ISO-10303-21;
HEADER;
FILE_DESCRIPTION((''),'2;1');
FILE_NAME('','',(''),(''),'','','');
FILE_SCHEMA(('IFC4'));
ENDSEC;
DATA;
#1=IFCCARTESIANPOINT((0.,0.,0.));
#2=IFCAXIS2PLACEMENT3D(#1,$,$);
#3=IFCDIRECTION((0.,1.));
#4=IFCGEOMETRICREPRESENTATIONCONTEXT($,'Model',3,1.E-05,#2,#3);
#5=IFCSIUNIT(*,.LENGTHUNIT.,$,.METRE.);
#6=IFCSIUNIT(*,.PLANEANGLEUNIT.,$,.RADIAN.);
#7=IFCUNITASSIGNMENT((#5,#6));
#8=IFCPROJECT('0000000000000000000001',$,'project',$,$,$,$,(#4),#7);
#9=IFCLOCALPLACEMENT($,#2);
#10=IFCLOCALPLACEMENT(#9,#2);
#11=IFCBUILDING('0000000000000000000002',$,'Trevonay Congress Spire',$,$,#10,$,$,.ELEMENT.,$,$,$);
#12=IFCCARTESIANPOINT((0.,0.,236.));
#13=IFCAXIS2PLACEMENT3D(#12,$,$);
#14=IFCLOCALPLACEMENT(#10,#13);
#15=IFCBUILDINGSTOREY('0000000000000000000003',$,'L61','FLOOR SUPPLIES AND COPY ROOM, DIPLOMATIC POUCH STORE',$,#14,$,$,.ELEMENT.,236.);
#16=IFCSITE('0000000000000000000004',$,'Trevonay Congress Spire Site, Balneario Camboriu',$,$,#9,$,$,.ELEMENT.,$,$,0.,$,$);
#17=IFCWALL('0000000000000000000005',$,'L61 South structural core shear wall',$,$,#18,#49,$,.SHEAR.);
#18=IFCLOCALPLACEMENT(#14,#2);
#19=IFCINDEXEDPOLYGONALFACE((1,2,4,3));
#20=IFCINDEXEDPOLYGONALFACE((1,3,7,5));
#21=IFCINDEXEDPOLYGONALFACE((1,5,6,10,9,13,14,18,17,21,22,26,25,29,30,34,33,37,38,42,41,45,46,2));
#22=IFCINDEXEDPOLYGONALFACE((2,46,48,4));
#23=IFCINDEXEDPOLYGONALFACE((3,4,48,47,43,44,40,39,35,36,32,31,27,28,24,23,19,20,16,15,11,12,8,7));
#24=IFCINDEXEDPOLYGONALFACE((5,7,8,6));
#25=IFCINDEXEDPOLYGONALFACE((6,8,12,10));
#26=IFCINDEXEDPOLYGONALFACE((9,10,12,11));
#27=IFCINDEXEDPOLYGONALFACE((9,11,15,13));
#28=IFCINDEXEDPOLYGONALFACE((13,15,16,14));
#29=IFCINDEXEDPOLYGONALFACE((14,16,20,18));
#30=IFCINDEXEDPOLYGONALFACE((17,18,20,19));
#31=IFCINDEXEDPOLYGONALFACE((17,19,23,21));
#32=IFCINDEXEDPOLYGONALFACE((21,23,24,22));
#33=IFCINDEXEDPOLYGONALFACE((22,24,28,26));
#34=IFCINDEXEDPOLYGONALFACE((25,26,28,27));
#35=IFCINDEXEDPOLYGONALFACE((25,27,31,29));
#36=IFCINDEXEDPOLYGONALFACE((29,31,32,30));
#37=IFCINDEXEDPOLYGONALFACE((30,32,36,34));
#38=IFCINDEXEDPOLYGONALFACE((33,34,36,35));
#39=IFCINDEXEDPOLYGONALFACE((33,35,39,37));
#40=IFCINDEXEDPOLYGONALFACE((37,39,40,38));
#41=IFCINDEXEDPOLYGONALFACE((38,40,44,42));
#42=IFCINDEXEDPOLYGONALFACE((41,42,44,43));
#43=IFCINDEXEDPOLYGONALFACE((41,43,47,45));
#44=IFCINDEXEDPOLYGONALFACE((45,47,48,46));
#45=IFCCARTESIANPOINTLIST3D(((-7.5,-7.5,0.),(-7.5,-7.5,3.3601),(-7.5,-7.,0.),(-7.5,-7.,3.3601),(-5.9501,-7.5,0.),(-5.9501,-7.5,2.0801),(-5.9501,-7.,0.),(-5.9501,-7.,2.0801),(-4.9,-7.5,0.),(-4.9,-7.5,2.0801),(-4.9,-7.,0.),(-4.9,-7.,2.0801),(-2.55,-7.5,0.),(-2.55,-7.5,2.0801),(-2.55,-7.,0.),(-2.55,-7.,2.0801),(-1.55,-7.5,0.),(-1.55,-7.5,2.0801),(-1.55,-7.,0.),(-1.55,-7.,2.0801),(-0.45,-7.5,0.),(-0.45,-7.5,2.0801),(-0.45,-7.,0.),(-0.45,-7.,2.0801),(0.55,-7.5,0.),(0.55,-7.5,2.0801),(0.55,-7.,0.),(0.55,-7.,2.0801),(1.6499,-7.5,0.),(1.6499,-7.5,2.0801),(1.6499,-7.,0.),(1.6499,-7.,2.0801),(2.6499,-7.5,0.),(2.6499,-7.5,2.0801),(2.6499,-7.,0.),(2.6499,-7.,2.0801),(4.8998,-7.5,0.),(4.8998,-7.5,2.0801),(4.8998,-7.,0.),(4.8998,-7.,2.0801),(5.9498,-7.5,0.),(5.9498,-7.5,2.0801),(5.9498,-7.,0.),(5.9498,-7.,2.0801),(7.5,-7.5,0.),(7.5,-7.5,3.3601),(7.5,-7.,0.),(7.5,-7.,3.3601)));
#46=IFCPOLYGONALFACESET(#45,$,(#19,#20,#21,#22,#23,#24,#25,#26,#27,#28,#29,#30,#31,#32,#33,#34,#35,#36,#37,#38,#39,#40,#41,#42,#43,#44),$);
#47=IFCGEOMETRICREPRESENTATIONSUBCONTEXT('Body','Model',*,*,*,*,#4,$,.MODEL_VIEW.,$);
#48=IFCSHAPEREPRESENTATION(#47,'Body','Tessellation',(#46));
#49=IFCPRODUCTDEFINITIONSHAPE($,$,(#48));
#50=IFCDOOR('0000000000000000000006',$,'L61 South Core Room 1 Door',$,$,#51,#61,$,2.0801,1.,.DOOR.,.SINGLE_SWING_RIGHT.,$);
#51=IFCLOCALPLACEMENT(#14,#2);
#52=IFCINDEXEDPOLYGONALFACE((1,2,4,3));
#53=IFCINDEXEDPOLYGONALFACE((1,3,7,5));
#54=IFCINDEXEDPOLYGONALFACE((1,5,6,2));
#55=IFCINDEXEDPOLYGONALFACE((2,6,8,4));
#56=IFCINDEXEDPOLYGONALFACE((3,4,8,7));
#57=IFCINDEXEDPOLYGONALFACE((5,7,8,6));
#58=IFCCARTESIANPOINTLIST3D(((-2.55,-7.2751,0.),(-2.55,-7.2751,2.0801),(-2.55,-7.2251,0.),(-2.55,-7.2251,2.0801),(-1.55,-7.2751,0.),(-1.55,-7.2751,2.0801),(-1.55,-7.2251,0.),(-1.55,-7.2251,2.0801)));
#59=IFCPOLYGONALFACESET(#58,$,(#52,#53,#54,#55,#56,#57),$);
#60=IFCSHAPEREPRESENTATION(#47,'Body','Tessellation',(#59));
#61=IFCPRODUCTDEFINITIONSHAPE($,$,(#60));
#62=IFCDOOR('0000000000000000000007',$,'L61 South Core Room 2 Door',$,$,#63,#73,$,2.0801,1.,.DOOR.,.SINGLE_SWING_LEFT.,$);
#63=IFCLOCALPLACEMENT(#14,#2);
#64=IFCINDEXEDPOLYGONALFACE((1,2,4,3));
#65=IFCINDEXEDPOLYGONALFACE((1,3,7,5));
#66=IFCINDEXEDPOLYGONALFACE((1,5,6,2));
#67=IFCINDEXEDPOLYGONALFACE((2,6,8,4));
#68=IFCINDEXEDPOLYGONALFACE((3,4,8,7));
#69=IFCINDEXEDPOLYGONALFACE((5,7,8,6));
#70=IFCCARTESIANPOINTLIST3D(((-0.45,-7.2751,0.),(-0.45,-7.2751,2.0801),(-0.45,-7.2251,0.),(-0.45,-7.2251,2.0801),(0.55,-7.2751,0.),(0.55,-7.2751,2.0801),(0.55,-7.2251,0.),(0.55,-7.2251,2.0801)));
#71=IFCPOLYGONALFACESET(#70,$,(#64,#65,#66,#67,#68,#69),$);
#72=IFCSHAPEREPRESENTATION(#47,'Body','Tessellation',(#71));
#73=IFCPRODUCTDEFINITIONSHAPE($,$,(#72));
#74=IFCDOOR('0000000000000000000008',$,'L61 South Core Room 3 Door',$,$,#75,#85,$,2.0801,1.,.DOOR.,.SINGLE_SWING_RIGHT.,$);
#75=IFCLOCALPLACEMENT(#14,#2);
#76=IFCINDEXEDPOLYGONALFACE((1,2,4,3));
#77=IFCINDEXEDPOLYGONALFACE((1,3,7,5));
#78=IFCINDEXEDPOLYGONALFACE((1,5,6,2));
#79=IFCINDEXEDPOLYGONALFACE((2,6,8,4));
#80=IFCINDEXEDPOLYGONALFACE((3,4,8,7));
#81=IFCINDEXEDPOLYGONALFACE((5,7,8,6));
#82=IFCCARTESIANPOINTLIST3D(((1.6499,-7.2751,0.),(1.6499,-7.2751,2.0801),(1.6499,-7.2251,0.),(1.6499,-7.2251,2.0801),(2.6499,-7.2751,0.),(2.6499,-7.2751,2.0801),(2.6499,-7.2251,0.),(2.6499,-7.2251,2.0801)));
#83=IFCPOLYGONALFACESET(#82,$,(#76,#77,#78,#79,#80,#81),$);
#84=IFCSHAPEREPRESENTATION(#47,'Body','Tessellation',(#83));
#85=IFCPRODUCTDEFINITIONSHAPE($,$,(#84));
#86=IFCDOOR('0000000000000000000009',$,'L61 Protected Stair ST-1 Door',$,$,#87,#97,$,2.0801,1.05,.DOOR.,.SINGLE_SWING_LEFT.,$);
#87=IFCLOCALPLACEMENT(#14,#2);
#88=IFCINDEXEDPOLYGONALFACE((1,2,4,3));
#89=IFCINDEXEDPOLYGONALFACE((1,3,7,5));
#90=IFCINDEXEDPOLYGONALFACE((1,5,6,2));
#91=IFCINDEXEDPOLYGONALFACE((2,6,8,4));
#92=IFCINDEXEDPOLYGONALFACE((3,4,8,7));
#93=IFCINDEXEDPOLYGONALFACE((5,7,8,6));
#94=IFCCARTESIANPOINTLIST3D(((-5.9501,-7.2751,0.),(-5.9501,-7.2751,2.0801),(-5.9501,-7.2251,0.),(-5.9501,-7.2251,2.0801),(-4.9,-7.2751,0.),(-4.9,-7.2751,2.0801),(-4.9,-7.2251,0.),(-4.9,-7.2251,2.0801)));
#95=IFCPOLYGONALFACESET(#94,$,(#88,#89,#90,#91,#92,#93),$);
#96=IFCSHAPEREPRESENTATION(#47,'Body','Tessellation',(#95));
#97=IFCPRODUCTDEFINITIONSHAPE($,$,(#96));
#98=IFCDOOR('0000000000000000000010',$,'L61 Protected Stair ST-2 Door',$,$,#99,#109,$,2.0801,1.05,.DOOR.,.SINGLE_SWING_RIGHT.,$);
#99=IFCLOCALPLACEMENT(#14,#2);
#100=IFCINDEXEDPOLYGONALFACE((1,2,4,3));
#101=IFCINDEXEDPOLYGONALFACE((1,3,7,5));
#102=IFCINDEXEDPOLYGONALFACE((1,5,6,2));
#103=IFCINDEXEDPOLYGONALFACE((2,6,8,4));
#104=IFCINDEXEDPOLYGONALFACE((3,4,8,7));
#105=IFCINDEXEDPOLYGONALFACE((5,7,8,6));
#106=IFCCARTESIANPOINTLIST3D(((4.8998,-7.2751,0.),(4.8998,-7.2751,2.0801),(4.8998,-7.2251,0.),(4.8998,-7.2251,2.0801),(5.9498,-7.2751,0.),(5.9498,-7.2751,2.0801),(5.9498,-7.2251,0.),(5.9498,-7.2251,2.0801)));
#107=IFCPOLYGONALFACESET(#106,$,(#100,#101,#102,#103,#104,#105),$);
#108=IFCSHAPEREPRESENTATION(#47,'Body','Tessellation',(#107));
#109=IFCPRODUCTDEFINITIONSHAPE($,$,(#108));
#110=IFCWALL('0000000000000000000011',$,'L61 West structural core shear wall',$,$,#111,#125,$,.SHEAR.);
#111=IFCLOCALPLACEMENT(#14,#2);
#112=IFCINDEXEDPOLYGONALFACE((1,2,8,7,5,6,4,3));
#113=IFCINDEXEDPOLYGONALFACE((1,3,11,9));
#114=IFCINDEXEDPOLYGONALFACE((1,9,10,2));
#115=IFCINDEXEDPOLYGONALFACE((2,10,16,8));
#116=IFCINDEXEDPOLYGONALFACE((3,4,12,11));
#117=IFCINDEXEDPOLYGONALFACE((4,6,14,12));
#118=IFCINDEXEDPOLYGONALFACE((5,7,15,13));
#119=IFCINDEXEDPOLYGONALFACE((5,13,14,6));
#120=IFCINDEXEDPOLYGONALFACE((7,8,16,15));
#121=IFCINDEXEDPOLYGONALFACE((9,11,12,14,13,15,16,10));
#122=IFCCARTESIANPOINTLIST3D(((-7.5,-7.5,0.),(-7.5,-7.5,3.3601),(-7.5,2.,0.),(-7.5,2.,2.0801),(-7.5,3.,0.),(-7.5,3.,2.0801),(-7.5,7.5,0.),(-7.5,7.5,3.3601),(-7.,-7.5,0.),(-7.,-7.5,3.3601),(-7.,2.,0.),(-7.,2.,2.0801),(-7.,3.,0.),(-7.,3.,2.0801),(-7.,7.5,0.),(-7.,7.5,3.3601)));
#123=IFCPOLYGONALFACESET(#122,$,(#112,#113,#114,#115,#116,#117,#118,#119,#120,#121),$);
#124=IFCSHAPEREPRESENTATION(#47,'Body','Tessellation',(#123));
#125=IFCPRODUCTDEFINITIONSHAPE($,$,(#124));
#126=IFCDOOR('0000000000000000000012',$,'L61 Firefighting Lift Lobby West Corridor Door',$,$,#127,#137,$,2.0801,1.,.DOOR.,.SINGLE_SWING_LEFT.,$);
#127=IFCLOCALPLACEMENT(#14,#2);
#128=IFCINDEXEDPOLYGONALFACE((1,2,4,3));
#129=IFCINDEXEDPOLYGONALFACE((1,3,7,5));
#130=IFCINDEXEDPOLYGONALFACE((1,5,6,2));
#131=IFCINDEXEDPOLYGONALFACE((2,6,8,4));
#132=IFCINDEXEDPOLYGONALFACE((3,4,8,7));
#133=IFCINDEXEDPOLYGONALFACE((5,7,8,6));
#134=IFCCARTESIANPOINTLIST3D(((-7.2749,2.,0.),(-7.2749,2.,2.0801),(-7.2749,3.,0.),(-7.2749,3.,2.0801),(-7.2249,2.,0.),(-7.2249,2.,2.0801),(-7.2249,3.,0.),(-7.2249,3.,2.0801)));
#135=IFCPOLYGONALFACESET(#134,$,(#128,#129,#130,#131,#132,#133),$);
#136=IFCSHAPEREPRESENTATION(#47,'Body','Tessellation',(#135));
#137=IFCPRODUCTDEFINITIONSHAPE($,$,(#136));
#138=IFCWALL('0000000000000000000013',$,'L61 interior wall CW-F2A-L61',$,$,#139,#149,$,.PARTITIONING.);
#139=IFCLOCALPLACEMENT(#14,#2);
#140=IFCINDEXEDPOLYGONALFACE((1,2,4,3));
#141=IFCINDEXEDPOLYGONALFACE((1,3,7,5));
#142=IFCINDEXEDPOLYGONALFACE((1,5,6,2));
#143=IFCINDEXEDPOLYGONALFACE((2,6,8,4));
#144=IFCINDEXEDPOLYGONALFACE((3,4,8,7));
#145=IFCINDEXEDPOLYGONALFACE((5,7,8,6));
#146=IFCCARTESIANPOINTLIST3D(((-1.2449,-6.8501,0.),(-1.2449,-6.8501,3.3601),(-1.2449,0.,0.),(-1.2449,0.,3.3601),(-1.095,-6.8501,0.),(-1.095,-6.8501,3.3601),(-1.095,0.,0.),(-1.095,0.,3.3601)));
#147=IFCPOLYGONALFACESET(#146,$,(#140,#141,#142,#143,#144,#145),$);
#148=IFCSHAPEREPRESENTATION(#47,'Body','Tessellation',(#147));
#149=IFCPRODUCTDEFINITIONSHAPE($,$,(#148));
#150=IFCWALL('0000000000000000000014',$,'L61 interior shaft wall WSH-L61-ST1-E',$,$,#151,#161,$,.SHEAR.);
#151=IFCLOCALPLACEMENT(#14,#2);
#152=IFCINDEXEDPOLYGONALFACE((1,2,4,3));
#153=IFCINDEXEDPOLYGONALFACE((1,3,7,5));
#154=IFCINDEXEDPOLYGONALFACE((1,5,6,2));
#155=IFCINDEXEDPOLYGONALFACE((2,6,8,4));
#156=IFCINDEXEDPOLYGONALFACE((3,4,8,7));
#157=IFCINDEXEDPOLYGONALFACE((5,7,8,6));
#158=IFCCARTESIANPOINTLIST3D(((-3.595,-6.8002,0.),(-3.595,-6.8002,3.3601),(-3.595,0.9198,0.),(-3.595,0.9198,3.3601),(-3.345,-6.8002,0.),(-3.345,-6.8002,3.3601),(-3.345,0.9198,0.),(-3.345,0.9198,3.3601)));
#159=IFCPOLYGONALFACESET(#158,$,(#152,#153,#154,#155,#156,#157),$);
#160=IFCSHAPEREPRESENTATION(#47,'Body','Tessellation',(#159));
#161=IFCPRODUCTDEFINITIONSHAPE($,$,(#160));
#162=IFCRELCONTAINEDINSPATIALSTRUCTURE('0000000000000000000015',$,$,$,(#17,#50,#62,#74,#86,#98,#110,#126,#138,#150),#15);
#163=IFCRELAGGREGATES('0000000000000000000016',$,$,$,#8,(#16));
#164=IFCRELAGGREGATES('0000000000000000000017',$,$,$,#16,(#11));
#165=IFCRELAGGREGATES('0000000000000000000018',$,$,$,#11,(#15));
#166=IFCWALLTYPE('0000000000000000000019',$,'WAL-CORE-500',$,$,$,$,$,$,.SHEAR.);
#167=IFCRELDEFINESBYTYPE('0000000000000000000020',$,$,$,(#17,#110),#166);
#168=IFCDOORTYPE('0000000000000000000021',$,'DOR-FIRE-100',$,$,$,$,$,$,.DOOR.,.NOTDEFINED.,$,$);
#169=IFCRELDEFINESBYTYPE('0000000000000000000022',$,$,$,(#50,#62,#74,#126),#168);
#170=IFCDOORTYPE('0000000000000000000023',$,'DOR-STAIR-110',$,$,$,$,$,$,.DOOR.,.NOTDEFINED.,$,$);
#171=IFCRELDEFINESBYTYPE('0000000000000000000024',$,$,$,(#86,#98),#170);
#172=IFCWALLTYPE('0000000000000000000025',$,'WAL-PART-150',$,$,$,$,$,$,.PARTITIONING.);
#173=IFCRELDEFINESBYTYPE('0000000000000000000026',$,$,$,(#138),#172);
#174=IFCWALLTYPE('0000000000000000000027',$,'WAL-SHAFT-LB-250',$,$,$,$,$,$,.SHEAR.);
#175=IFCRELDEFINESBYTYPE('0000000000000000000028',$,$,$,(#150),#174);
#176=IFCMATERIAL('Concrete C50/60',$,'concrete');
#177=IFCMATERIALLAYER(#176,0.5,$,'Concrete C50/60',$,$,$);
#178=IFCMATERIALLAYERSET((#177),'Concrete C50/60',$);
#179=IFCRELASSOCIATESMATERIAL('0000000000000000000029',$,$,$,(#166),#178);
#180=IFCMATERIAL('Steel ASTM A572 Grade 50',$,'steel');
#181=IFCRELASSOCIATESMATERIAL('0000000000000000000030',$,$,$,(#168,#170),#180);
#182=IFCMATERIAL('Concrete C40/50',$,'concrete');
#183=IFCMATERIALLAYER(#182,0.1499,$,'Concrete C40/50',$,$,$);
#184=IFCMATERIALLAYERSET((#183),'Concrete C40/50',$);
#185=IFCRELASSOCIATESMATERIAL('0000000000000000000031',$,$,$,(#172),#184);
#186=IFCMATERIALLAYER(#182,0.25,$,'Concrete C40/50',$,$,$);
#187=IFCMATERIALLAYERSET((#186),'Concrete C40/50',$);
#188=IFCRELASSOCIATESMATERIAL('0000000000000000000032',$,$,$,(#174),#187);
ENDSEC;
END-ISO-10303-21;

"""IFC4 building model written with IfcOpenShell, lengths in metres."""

from ifc_helpers import new_model, si_unit, direction, frame, frame_2d, origin, place, context, subcontext, project, spatial, rectangle, extrude, material, layer, layer_set, type_object, element, fill, save


model = new_model("IFC4")

# Units and contexts
model_context = context("Model", 3, precision=1e-05, world=origin(), true_north=direction((0.0, 1.0)))
body_context = subcontext(model_context, "Body", "Model", "MODEL_VIEW")
ifc_project = project(units=[si_unit("LENGTHUNIT", "METRE"), si_unit("PLANEANGLEUNIT", "RADIAN")], contexts=[model_context])

# Site, building, storey
site_placement = place(None, origin())
site = spatial("IfcSite", under=ifc_project, at=site_placement, Name="Trevonay Congress Spire Site, Balneario Camboriu", CompositionType="ELEMENT", RefElevation=0.0)
building_placement = place(site_placement, origin())
building = spatial("IfcBuilding", under=site, at=building_placement, Name="Trevonay Congress Spire", CompositionType="ELEMENT")
storey_placement = place(building_placement, frame((0.0, 0.0, 236.0)))
storey = spatial("IfcBuildingStorey", under=building, at=storey_placement, Name="L61", Description="FLOOR SUPPLIES AND COPY ROOM, DIPLOMATIC POUCH STORE", CompositionType="ELEMENT", Elevation=236.0)

# Shared definitions
ifc_material_1 = material(Name="Steel ASTM A572 Grade 50", Category="steel")

# Wall, openings, doors
ifc_material_2 = material(Name="Concrete C50/60", Category="concrete")
ifc_layer_1 = layer(ifc_material_2, 0.5, Name="Concrete C50/60")
ifc_layer_set_1 = layer_set([ifc_layer_1], Name="Concrete C50/60")
wall_type_1 = type_object("IfcWallType", Name="WAL-CORE-500", PredefinedType="SHEAR", material=ifc_layer_set_1)
wall_1_placement = place(storey_placement, frame((-7.5, -7.25, 0.0), z_axis=(0.0, 0.0, 1.0), x_axis=(1.0, 0.0, 0.0)))
wall_1 = element("IfcWall", 1, at=wall_1_placement, inside=storey, type_object=wall_type_1, Name="L61 South structural core shear wall", PredefinedType="SHEAR", context=body_context, shape_type="SweptSolid", body=[
    extrude(rectangle(XDim=15.0, YDim=0.5, at=frame_2d((7.5, 0.0))), origin(), (0.0, 0.0, 1.0), 3.3601),
])
opening_1_placement = place(wall_1_placement, frame((1.55, 0.0, 0.0)))
opening_1 = element("IfcOpeningElement", 2, at=opening_1_placement, cuts=wall_1, PredefinedType="OPENING", context=body_context, shape_type="SweptSolid", body=[
    extrude(rectangle(XDim=1.05, YDim=2.0801, at=frame_2d((0.5249, 1.04))), frame((0.0, 0.26, 0.0), z_axis=(0.0, -1.0, 0.0), x_axis=(1.0, 0.0, 0.0)), (0.0, 0.0, 1.0), 0.52),
])
opening_2_placement = place(wall_1_placement, frame((12.3999, 0.0, 0.0)))
opening_2 = element("IfcOpeningElement", 3, at=opening_2_placement, cuts=wall_1, PredefinedType="OPENING", context=body_context, shape_type="SweptSolid", body=[
    extrude(rectangle(XDim=1.05, YDim=2.0801, at=frame_2d((0.5249, 1.04))), frame((0.0, 0.26, 0.0), z_axis=(0.0, -1.0, 0.0), x_axis=(1.0, 0.0, 0.0)), (0.0, 0.0, 1.0), 0.52),
])
opening_3_placement = place(wall_1_placement, frame((4.95, 0.0, 0.0)))
opening_3 = element("IfcOpeningElement", 4, at=opening_3_placement, cuts=wall_1, PredefinedType="OPENING", context=body_context, shape_type="SweptSolid", body=[
    extrude(rectangle(XDim=1.0, YDim=2.0801, at=frame_2d((0.5, 1.04))), frame((0.0, 0.26, 0.0), z_axis=(0.0, -1.0, 0.0), x_axis=(1.0, 0.0, 0.0)), (0.0, 0.0, 1.0), 0.52),
])
opening_4_placement = place(wall_1_placement, frame((7.05, 0.0, 0.0)))
opening_4 = element("IfcOpeningElement", 5, at=opening_4_placement, cuts=wall_1, PredefinedType="OPENING", context=body_context, shape_type="SweptSolid", body=[
    extrude(rectangle(XDim=1.0, YDim=2.0801, at=frame_2d((0.5, 1.04))), frame((0.0, 0.26, 0.0), z_axis=(0.0, -1.0, 0.0), x_axis=(1.0, 0.0, 0.0)), (0.0, 0.0, 1.0), 0.52),
])
opening_5_placement = place(wall_1_placement, frame((9.1499, 0.0, 0.0)))
opening_5 = element("IfcOpeningElement", 6, at=opening_5_placement, cuts=wall_1, PredefinedType="OPENING", context=body_context, shape_type="SweptSolid", body=[
    extrude(rectangle(XDim=1.0, YDim=2.0801, at=frame_2d((0.5, 1.04))), frame((0.0, 0.26, 0.0), z_axis=(0.0, -1.0, 0.0), x_axis=(1.0, 0.0, 0.0)), (0.0, 0.0, 1.0), 0.52),
])
door_type_1 = type_object("IfcDoorType", Name="DOR-FIRE-100", OperationType="NOTDEFINED", PredefinedType="DOOR", material=ifc_material_1)
door_1_placement = place(opening_3_placement, origin())
door_1 = element("IfcDoor", 7, at=door_1_placement, inside=storey, type_object=door_type_1, Name="L61 South Core Room 1 Door", OperationType="SINGLE_SWING_RIGHT", OverallHeight=2.0801, OverallWidth=1.0, PredefinedType="DOOR", context=body_context, shape_type="SweptSolid", body=[
    extrude(rectangle(XDim=1.0, YDim=2.0801, at=frame_2d((0.5, 1.04))), frame((0.0, 0.0249, 0.0), z_axis=(0.0, -1.0, 0.0), x_axis=(1.0, 0.0, 0.0)), (0.0, 0.0, 1.0), 0.05),
])
fill(opening_3, door_1)
door_2_placement = place(opening_4_placement, origin())
door_2 = element("IfcDoor", 8, at=door_2_placement, inside=storey, type_object=door_type_1, Name="L61 South Core Room 2 Door", OperationType="SINGLE_SWING_LEFT", OverallHeight=2.0801, OverallWidth=1.0, PredefinedType="DOOR", context=body_context, shape_type="SweptSolid", body=[
    extrude(rectangle(XDim=1.0, YDim=2.0801, at=frame_2d((0.5, 1.04))), frame((0.0, 0.0249, 0.0), z_axis=(0.0, -1.0, 0.0), x_axis=(1.0, 0.0, 0.0)), (0.0, 0.0, 1.0), 0.05),
])
fill(opening_4, door_2)
door_3_placement = place(opening_5_placement, origin())
door_3 = element("IfcDoor", 9, at=door_3_placement, inside=storey, type_object=door_type_1, Name="L61 South Core Room 3 Door", OperationType="SINGLE_SWING_RIGHT", OverallHeight=2.0801, OverallWidth=1.0, PredefinedType="DOOR", context=body_context, shape_type="SweptSolid", body=[
    extrude(rectangle(XDim=1.0, YDim=2.0801, at=frame_2d((0.5, 1.04))), frame((0.0, 0.0249, 0.0), z_axis=(0.0, -1.0, 0.0), x_axis=(1.0, 0.0, 0.0)), (0.0, 0.0, 1.0), 0.05),
])
fill(opening_5, door_3)
door_type_2 = type_object("IfcDoorType", Name="DOR-STAIR-110", OperationType="NOTDEFINED", PredefinedType="DOOR", material=ifc_material_1)
door_4_placement = place(opening_1_placement, origin())
door_4 = element("IfcDoor", 10, at=door_4_placement, inside=storey, type_object=door_type_2, Name="L61 Protected Stair ST-1 Door", OperationType="SINGLE_SWING_LEFT", OverallHeight=2.0801, OverallWidth=1.05, PredefinedType="DOOR", context=body_context, shape_type="SweptSolid", body=[
    extrude(rectangle(XDim=1.05, YDim=2.0801, at=frame_2d((0.5249, 1.04))), frame((0.0, 0.0249, 0.0), z_axis=(0.0, -1.0, 0.0), x_axis=(1.0, 0.0, 0.0)), (0.0, 0.0, 1.0), 0.05),
])
fill(opening_1, door_4)
door_5_placement = place(opening_2_placement, origin())
door_5 = element("IfcDoor", 11, at=door_5_placement, inside=storey, type_object=door_type_2, Name="L61 Protected Stair ST-2 Door", OperationType="SINGLE_SWING_RIGHT", OverallHeight=2.0801, OverallWidth=1.05, PredefinedType="DOOR", context=body_context, shape_type="SweptSolid", body=[
    extrude(rectangle(XDim=1.05, YDim=2.0801, at=frame_2d((0.5249, 1.04))), frame((0.0, 0.0249, 0.0), z_axis=(0.0, -1.0, 0.0), x_axis=(1.0, 0.0, 0.0)), (0.0, 0.0, 1.0), 0.05),
])
fill(opening_2, door_5)

# Wall, opening, door
wall_2_placement = place(storey_placement, frame((-7.25, -7.5, 0.0), z_axis=(0.0, 0.0, 1.0), x_axis=(0.0, 1.0, 0.0)))
wall_2 = element("IfcWall", 12, at=wall_2_placement, inside=storey, type_object=wall_type_1, Name="L61 West structural core shear wall", PredefinedType="SHEAR", context=body_context, shape_type="SweptSolid", body=[
    extrude(rectangle(XDim=15.0, YDim=0.5, at=frame_2d((7.5, 0.0))), origin(), (0.0, 0.0, 1.0), 3.3601),
])
opening_6_placement = place(wall_2_placement, frame((9.5, 0.0, 0.0)))
opening_6 = element("IfcOpeningElement", 13, at=opening_6_placement, cuts=wall_2, PredefinedType="OPENING", context=body_context, shape_type="SweptSolid", body=[
    extrude(rectangle(XDim=1.0, YDim=2.0801, at=frame_2d((0.5, 1.04))), frame((0.0, 0.26, 0.0), z_axis=(0.0, -1.0, 0.0), x_axis=(1.0, 0.0, 0.0)), (0.0, 0.0, 1.0), 0.52),
])
door_6_placement = place(opening_6_placement, origin())
door_6 = element("IfcDoor", 14, at=door_6_placement, inside=storey, type_object=door_type_1, Name="L61 Firefighting Lift Lobby West Corridor Door", OperationType="SINGLE_SWING_LEFT", OverallHeight=2.0801, OverallWidth=1.0, PredefinedType="DOOR", context=body_context, shape_type="SweptSolid", body=[
    extrude(rectangle(XDim=1.0, YDim=2.0801, at=frame_2d((0.5, 1.04))), frame((0.0, 0.0249, 0.0), z_axis=(0.0, -1.0, 0.0), x_axis=(1.0, 0.0, 0.0)), (0.0, 0.0, 1.0), 0.05),
])
fill(opening_6, door_6)

# Walls
ifc_material_3 = material(Name="Concrete C40/50", Category="concrete")
ifc_layer_2 = layer(ifc_material_3, 0.1499, Name="Concrete C40/50")
ifc_layer_set_2 = layer_set([ifc_layer_2], Name="Concrete C40/50")
wall_type_2 = type_object("IfcWallType", Name="WAL-PART-150", PredefinedType="PARTITIONING", material=ifc_layer_set_2)
wall_3_placement = place(storey_placement, frame((-1.1699, -6.8501, 0.0), z_axis=(0.0, 0.0, 1.0), x_axis=(0.0, 1.0, 0.0)))
element("IfcWall", 15, at=wall_3_placement, inside=storey, type_object=wall_type_2, Name="L61 interior wall CW-F2A-L61", PredefinedType="PARTITIONING", context=body_context, shape_type="SweptSolid", body=[
    extrude(rectangle(XDim=6.8501, YDim=0.1499, at=frame_2d((3.425, 0.0))), origin(), (0.0, 0.0, 1.0), 3.3601),
])
ifc_layer_3 = layer(ifc_material_3, 0.25, Name="Concrete C40/50")
ifc_layer_set_3 = layer_set([ifc_layer_3], Name="Concrete C40/50")
wall_type_3 = type_object("IfcWallType", Name="WAL-SHAFT-LB-250", PredefinedType="SHEAR", material=ifc_layer_set_3)
wall_4_placement = place(storey_placement, frame((-3.47, -6.8, 0.0), z_axis=(0.0, 0.0, 1.0), x_axis=(0.0, 1.0, 0.0)))
element("IfcWall", 16, at=wall_4_placement, inside=storey, type_object=wall_type_3, Name="L61 interior shaft wall WSH-L61-ST1-E", PredefinedType="SHEAR", context=body_context, shape_type="SweptSolid", body=[
    extrude(rectangle(XDim=7.72, YDim=0.25, at=frame_2d((3.8599, 0.0))), origin(), (0.0, 0.0, 1.0), 3.3601),
])

save(model, "model.ifc")
